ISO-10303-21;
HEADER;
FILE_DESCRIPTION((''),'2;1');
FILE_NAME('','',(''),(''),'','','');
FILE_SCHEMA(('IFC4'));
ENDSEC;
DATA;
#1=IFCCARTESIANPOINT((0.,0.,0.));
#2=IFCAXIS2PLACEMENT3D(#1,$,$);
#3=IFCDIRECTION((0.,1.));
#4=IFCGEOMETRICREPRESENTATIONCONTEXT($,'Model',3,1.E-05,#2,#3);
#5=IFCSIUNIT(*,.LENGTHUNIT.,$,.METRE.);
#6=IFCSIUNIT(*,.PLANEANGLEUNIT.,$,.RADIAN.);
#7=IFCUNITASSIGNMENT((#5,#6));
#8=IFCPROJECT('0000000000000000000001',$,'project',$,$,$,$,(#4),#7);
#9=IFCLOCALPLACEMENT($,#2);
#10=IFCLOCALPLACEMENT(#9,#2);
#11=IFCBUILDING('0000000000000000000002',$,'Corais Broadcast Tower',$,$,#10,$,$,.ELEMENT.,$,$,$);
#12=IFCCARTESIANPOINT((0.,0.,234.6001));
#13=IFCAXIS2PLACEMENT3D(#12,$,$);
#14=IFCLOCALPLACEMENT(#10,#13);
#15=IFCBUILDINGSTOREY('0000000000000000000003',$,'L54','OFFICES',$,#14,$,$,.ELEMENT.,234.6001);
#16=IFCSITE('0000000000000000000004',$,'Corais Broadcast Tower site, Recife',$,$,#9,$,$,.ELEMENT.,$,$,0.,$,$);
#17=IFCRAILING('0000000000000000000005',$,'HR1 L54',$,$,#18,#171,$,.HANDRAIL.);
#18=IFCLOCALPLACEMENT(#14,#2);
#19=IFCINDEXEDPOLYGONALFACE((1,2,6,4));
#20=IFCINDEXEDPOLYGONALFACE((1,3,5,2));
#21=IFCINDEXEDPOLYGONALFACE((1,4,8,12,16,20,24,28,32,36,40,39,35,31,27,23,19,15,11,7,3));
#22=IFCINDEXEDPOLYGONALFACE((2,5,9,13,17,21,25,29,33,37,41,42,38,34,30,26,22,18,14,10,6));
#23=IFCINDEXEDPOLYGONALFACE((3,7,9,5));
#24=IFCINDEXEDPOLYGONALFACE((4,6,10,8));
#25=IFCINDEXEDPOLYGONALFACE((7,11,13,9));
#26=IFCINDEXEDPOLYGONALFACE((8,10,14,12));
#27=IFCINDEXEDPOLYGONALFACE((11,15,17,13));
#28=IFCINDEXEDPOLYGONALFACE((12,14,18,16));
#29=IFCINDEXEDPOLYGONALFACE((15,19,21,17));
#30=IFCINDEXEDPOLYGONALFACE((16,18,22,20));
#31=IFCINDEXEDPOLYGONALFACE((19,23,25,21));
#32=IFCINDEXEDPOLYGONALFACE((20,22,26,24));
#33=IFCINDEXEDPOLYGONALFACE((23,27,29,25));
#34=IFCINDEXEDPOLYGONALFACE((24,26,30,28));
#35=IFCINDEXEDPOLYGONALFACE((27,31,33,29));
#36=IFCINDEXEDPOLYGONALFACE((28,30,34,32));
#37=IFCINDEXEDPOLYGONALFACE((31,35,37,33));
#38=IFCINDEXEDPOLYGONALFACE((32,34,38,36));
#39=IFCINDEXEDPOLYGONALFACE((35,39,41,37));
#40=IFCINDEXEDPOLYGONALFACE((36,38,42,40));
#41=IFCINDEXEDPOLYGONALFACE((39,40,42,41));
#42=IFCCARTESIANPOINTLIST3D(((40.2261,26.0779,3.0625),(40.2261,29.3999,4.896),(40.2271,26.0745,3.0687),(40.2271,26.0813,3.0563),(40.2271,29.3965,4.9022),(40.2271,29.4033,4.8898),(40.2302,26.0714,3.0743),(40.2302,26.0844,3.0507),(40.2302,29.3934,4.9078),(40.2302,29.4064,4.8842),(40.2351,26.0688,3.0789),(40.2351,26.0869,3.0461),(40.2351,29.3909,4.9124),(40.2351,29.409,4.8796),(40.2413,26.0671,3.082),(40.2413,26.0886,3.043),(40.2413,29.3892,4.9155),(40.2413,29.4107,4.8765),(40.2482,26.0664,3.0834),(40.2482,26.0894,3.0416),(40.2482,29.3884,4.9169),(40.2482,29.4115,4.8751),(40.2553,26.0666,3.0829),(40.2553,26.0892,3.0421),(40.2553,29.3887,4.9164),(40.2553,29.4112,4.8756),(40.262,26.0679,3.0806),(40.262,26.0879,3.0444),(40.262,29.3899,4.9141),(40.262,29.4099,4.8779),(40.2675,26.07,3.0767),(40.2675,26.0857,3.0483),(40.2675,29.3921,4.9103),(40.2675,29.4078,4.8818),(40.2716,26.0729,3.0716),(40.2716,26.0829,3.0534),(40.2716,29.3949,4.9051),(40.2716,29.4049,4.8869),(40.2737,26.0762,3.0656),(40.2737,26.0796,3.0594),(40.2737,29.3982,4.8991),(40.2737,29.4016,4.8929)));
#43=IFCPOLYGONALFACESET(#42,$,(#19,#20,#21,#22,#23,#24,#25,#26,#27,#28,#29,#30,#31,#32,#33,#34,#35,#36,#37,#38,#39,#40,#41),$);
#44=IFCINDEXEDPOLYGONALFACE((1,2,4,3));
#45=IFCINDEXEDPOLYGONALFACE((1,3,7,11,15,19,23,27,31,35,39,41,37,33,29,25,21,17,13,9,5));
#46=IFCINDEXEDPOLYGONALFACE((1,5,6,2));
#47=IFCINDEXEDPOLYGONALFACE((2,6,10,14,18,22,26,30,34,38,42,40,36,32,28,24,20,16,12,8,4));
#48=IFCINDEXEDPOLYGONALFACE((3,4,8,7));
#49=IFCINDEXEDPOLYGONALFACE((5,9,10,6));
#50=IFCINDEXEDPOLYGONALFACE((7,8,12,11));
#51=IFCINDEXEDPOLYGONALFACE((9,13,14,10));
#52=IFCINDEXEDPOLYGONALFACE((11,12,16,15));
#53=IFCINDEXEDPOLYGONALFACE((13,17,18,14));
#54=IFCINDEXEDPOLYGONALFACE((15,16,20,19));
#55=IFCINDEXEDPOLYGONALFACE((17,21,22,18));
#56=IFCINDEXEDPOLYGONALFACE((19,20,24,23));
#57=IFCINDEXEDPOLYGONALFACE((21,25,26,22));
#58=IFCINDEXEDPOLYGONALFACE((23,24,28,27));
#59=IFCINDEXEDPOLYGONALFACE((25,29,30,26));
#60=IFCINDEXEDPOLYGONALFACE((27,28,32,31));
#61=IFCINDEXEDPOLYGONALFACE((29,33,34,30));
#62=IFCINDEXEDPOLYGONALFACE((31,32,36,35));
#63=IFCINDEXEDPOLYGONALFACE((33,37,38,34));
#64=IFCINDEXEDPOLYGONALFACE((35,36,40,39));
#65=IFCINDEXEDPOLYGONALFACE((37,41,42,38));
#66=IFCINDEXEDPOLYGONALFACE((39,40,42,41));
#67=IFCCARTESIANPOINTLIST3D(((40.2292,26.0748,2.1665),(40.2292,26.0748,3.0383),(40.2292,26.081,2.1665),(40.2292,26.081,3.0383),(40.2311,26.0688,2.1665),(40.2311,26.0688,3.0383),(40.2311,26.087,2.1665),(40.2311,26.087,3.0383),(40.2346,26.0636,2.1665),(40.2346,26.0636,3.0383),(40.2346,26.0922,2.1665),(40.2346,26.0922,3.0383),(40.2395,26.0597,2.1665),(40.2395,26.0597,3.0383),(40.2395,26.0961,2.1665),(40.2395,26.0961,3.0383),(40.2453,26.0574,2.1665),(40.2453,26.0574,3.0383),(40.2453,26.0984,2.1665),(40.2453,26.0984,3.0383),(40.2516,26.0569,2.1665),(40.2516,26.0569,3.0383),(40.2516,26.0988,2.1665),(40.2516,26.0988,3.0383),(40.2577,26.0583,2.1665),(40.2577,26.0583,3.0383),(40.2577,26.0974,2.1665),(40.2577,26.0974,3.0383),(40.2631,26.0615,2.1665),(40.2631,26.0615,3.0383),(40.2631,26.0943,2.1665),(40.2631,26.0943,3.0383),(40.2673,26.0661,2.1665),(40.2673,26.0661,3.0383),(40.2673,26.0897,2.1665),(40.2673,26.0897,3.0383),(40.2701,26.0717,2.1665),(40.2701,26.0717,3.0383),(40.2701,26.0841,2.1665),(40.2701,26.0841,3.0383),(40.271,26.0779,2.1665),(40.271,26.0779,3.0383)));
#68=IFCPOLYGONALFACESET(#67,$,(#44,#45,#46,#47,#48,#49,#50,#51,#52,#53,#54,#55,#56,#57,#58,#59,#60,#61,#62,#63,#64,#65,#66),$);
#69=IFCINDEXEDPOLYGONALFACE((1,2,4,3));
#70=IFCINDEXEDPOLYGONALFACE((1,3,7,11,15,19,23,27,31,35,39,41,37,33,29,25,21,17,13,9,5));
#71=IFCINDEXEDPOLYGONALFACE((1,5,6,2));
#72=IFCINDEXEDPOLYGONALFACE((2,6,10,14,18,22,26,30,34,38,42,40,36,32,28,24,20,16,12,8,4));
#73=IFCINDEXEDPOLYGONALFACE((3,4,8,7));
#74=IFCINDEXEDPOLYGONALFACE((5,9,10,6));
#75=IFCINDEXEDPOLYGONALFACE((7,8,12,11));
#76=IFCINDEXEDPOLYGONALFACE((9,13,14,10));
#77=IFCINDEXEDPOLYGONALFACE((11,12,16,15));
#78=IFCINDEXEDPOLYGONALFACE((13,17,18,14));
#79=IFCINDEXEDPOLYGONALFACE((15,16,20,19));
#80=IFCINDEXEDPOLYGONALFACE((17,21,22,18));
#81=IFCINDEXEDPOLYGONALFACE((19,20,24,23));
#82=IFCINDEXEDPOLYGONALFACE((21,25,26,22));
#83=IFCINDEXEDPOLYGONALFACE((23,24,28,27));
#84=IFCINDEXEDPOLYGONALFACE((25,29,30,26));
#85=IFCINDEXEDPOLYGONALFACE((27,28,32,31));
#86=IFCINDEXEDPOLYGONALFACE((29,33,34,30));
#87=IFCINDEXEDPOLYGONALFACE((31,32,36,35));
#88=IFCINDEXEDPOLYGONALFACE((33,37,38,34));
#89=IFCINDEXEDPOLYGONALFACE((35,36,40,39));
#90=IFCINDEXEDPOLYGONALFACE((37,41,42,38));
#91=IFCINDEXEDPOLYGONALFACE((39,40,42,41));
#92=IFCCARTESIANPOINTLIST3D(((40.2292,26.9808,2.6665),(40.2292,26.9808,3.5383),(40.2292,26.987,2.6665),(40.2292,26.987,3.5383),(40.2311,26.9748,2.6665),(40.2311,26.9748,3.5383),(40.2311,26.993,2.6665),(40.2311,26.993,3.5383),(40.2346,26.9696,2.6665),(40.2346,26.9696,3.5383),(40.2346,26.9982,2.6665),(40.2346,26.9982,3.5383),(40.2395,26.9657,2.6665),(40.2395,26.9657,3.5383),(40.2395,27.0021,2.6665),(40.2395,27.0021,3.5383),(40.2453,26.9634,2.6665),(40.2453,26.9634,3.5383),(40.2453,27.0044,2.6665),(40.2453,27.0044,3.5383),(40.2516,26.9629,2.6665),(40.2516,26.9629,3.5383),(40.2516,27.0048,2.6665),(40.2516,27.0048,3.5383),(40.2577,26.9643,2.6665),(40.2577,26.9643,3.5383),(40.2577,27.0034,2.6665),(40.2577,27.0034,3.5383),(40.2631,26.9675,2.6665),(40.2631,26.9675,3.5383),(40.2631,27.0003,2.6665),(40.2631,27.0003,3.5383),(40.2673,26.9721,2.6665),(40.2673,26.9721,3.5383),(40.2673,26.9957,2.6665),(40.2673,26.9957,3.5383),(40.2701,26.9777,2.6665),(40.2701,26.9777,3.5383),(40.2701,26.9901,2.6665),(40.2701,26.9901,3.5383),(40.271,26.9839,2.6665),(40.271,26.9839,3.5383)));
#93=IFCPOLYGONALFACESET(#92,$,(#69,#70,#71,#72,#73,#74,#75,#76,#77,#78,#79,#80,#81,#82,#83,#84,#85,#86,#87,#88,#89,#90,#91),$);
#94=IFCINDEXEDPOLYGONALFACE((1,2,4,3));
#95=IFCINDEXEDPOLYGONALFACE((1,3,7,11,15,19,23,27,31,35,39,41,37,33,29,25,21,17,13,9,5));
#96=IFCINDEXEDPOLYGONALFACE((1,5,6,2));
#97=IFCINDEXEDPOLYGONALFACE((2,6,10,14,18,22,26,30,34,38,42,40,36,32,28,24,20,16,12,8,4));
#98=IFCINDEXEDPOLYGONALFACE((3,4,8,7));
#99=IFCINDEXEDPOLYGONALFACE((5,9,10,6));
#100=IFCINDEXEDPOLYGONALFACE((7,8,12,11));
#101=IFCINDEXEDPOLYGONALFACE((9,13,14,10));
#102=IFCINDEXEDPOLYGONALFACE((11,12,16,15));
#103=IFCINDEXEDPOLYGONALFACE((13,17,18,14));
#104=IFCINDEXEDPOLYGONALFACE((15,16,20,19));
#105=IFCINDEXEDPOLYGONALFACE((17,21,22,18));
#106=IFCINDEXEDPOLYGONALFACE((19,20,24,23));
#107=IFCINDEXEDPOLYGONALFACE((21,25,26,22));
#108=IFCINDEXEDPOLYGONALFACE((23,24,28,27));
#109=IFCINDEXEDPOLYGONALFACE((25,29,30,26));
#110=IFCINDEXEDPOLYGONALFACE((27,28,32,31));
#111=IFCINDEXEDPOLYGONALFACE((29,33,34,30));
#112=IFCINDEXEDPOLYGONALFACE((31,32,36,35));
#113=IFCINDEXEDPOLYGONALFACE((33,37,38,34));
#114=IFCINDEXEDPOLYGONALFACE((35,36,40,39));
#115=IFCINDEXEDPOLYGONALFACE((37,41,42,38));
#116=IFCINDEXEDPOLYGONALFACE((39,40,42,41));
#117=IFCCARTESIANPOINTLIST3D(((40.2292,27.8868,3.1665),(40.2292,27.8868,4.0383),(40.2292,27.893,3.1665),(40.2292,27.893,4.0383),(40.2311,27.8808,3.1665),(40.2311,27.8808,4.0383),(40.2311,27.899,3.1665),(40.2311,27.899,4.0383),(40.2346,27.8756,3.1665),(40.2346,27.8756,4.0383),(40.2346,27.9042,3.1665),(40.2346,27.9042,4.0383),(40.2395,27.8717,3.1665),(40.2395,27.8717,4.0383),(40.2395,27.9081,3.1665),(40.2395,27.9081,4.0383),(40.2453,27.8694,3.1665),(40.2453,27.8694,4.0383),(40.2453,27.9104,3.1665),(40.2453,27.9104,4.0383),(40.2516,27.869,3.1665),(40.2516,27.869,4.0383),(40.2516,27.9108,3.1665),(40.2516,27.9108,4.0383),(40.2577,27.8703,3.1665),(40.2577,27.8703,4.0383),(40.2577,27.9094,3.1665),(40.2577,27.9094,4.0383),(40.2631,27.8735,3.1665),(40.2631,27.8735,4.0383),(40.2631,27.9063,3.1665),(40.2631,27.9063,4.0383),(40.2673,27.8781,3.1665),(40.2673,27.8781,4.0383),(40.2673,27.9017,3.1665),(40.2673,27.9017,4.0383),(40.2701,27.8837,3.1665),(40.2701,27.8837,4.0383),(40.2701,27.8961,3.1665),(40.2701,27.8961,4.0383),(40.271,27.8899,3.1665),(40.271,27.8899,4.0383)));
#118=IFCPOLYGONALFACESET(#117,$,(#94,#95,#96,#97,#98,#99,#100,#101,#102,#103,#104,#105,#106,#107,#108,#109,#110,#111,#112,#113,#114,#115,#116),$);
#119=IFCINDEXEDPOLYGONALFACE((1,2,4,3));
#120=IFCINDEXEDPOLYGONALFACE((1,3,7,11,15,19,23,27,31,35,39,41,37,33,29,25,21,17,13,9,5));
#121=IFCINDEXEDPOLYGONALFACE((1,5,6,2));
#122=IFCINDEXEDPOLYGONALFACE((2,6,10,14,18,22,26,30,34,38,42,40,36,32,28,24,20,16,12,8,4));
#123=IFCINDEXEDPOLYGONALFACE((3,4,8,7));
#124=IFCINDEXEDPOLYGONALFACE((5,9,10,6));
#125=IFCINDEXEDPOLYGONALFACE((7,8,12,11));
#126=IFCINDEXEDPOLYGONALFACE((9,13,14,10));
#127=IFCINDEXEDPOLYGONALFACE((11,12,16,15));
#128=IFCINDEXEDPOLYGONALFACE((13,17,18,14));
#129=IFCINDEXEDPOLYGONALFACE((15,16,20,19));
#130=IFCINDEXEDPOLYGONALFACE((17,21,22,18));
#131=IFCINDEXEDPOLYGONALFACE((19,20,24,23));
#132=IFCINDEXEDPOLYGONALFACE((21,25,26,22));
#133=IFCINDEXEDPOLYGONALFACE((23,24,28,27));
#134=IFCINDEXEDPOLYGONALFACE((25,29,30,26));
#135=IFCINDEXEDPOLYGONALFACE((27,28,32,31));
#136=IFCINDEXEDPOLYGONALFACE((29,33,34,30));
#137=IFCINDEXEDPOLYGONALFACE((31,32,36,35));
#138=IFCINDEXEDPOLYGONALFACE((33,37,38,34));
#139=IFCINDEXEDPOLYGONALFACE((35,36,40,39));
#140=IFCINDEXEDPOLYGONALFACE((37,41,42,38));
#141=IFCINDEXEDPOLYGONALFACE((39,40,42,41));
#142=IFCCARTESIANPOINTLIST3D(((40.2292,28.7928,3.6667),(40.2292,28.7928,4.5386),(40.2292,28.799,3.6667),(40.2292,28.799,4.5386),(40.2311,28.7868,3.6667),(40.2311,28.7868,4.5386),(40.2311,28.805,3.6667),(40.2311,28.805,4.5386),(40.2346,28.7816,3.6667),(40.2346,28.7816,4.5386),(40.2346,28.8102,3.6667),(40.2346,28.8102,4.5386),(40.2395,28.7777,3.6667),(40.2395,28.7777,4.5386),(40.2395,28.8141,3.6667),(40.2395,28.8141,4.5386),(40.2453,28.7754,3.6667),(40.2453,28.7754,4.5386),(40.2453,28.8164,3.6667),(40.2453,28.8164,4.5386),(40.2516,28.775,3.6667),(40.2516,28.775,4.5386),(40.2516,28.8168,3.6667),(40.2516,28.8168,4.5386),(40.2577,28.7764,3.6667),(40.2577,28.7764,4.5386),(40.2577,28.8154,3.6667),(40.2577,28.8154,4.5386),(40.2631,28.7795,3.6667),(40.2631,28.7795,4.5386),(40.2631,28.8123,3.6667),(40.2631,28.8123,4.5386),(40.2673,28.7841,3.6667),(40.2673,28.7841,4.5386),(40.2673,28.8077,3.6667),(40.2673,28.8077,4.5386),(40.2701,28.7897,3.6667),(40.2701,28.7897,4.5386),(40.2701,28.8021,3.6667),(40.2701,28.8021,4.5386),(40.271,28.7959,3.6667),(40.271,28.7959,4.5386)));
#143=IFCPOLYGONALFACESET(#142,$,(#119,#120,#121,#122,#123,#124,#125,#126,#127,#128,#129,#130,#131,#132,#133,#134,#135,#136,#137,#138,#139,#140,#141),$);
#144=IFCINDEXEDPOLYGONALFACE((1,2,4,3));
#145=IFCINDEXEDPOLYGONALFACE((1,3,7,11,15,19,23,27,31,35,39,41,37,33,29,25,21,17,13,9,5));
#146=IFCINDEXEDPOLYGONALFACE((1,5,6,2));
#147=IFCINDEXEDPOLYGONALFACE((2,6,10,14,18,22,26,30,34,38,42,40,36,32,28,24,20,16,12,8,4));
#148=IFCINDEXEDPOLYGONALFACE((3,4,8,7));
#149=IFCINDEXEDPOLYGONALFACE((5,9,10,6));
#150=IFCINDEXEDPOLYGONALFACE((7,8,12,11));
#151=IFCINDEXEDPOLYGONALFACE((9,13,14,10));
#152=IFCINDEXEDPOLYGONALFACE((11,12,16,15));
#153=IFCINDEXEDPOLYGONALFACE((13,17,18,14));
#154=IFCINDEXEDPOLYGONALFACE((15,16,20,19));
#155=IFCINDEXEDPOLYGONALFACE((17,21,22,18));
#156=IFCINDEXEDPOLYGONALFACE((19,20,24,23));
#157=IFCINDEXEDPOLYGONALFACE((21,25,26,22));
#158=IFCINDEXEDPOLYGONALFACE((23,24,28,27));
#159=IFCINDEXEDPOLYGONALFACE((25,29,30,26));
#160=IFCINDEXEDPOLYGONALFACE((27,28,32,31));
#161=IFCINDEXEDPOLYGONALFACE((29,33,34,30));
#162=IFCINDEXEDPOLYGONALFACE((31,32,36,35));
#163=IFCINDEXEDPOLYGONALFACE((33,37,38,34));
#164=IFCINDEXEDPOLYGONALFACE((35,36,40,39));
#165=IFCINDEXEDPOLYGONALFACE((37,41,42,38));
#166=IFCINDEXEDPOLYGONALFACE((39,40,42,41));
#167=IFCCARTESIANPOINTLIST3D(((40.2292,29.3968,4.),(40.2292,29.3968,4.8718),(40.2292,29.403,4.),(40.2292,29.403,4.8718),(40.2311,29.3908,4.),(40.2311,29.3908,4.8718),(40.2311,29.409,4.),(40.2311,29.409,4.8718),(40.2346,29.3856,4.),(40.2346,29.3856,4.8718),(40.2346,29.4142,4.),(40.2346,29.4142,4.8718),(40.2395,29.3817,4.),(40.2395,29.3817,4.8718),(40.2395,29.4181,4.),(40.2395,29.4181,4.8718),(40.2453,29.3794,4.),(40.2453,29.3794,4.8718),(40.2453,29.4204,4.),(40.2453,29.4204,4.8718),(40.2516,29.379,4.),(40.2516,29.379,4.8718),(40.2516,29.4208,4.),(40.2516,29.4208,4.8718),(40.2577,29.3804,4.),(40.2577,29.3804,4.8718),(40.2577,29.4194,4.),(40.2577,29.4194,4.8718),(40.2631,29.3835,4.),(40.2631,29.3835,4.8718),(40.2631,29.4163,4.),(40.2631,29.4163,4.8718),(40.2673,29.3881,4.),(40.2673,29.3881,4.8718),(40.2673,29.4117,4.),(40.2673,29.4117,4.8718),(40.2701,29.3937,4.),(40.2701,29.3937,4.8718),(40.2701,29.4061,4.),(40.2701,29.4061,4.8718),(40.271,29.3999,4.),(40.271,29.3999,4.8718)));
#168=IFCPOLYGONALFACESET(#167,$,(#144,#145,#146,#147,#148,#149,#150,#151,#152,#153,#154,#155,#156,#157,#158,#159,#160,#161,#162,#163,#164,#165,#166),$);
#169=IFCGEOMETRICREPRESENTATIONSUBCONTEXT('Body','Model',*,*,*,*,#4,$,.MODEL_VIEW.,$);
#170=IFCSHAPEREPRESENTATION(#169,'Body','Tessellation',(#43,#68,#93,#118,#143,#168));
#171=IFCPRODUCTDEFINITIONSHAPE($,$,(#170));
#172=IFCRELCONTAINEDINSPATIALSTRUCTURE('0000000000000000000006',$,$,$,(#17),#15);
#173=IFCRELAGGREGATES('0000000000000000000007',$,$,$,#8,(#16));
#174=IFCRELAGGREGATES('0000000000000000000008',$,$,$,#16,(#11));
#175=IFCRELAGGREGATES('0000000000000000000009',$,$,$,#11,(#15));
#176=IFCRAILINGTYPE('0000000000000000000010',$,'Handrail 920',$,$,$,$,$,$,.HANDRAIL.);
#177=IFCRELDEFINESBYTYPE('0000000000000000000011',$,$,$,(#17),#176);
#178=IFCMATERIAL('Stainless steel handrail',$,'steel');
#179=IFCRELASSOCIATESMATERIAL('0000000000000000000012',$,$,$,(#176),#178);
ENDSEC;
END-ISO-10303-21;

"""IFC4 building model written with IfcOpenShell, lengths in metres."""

from ifc_helpers import new_model, si_unit, direction, frame, origin, origin_2d, place, context, subcontext, project, spatial, circle, extrude, material, type_object, element, save


model = new_model("IFC4")

# Units and contexts
model_context = context("Model", 3, precision=1e-05, world=origin(), true_north=direction((0.0, 1.0)))
body_context = subcontext(model_context, "Body", "Model", "MODEL_VIEW")
ifc_project = project(units=[si_unit("LENGTHUNIT", "METRE"), si_unit("PLANEANGLEUNIT", "RADIAN")], contexts=[model_context])

# Site, building, storey
site_placement = place(None, origin())
site = spatial("IfcSite", under=ifc_project, at=site_placement, Name="Corais Broadcast Tower site, Recife", CompositionType="ELEMENT", RefElevation=0.0)
building_placement = place(site_placement, origin())
building = spatial("IfcBuilding", under=site, at=building_placement, Name="Corais Broadcast Tower", CompositionType="ELEMENT")
storey_placement = place(building_placement, frame((0.0, 0.0, 234.6001)))
storey = spatial("IfcBuildingStorey", under=building, at=storey_placement, Name="L54", Description="OFFICES", CompositionType="ELEMENT", Elevation=234.6001)

# Railing
ifc_material_1 = material(Name="Stainless steel handrail", Category="steel")
railing_type = type_object("IfcRailingType", Name="Handrail 920", PredefinedType="HANDRAIL", material=ifc_material_1)
for number, where, name in (
    (1, (40.25, 26.0779, 2.1665), "HR1 L54"),
):
    element("IfcRailing", number, at=place(storey_placement, frame(where)), inside=storey, type_object=railing_type, Name=name, PredefinedType="HANDRAIL", context=body_context, shape_type="SweptSolid", body=[
        extrude(circle(Radius=0.0239, at=origin_2d()), frame((0.0, 0.0, 0.896), z_axis=(0.0, 0.875504, 0.48321), x_axis=(-1.0, 0.0, 0.0)), (0.0, 0.0, 1.0), 3.7944),
        extrude(circle(Radius=0.021, at=origin_2d()), origin(), (0.0, 0.0, 1.0), 0.8718),
        extrude(circle(Radius=0.021, at=origin_2d()), frame((0.0, 0.906, 0.5)), (0.0, 0.0, 1.0), 0.8718),
        extrude(circle(Radius=0.021, at=origin_2d()), frame((0.0, 1.812, 1.0)), (0.0, 0.0, 1.0), 0.8718),
        extrude(circle(Radius=0.021, at=origin_2d()), frame((0.0, 2.718, 1.5002)), (0.0, 0.0, 1.0), 0.8718),
        extrude(circle(Radius=0.021, at=origin_2d()), frame((0.0, 3.322, 1.8335)), (0.0, 0.0, 1.0), 0.8718),
    ])

save(model, "model.ifc")
